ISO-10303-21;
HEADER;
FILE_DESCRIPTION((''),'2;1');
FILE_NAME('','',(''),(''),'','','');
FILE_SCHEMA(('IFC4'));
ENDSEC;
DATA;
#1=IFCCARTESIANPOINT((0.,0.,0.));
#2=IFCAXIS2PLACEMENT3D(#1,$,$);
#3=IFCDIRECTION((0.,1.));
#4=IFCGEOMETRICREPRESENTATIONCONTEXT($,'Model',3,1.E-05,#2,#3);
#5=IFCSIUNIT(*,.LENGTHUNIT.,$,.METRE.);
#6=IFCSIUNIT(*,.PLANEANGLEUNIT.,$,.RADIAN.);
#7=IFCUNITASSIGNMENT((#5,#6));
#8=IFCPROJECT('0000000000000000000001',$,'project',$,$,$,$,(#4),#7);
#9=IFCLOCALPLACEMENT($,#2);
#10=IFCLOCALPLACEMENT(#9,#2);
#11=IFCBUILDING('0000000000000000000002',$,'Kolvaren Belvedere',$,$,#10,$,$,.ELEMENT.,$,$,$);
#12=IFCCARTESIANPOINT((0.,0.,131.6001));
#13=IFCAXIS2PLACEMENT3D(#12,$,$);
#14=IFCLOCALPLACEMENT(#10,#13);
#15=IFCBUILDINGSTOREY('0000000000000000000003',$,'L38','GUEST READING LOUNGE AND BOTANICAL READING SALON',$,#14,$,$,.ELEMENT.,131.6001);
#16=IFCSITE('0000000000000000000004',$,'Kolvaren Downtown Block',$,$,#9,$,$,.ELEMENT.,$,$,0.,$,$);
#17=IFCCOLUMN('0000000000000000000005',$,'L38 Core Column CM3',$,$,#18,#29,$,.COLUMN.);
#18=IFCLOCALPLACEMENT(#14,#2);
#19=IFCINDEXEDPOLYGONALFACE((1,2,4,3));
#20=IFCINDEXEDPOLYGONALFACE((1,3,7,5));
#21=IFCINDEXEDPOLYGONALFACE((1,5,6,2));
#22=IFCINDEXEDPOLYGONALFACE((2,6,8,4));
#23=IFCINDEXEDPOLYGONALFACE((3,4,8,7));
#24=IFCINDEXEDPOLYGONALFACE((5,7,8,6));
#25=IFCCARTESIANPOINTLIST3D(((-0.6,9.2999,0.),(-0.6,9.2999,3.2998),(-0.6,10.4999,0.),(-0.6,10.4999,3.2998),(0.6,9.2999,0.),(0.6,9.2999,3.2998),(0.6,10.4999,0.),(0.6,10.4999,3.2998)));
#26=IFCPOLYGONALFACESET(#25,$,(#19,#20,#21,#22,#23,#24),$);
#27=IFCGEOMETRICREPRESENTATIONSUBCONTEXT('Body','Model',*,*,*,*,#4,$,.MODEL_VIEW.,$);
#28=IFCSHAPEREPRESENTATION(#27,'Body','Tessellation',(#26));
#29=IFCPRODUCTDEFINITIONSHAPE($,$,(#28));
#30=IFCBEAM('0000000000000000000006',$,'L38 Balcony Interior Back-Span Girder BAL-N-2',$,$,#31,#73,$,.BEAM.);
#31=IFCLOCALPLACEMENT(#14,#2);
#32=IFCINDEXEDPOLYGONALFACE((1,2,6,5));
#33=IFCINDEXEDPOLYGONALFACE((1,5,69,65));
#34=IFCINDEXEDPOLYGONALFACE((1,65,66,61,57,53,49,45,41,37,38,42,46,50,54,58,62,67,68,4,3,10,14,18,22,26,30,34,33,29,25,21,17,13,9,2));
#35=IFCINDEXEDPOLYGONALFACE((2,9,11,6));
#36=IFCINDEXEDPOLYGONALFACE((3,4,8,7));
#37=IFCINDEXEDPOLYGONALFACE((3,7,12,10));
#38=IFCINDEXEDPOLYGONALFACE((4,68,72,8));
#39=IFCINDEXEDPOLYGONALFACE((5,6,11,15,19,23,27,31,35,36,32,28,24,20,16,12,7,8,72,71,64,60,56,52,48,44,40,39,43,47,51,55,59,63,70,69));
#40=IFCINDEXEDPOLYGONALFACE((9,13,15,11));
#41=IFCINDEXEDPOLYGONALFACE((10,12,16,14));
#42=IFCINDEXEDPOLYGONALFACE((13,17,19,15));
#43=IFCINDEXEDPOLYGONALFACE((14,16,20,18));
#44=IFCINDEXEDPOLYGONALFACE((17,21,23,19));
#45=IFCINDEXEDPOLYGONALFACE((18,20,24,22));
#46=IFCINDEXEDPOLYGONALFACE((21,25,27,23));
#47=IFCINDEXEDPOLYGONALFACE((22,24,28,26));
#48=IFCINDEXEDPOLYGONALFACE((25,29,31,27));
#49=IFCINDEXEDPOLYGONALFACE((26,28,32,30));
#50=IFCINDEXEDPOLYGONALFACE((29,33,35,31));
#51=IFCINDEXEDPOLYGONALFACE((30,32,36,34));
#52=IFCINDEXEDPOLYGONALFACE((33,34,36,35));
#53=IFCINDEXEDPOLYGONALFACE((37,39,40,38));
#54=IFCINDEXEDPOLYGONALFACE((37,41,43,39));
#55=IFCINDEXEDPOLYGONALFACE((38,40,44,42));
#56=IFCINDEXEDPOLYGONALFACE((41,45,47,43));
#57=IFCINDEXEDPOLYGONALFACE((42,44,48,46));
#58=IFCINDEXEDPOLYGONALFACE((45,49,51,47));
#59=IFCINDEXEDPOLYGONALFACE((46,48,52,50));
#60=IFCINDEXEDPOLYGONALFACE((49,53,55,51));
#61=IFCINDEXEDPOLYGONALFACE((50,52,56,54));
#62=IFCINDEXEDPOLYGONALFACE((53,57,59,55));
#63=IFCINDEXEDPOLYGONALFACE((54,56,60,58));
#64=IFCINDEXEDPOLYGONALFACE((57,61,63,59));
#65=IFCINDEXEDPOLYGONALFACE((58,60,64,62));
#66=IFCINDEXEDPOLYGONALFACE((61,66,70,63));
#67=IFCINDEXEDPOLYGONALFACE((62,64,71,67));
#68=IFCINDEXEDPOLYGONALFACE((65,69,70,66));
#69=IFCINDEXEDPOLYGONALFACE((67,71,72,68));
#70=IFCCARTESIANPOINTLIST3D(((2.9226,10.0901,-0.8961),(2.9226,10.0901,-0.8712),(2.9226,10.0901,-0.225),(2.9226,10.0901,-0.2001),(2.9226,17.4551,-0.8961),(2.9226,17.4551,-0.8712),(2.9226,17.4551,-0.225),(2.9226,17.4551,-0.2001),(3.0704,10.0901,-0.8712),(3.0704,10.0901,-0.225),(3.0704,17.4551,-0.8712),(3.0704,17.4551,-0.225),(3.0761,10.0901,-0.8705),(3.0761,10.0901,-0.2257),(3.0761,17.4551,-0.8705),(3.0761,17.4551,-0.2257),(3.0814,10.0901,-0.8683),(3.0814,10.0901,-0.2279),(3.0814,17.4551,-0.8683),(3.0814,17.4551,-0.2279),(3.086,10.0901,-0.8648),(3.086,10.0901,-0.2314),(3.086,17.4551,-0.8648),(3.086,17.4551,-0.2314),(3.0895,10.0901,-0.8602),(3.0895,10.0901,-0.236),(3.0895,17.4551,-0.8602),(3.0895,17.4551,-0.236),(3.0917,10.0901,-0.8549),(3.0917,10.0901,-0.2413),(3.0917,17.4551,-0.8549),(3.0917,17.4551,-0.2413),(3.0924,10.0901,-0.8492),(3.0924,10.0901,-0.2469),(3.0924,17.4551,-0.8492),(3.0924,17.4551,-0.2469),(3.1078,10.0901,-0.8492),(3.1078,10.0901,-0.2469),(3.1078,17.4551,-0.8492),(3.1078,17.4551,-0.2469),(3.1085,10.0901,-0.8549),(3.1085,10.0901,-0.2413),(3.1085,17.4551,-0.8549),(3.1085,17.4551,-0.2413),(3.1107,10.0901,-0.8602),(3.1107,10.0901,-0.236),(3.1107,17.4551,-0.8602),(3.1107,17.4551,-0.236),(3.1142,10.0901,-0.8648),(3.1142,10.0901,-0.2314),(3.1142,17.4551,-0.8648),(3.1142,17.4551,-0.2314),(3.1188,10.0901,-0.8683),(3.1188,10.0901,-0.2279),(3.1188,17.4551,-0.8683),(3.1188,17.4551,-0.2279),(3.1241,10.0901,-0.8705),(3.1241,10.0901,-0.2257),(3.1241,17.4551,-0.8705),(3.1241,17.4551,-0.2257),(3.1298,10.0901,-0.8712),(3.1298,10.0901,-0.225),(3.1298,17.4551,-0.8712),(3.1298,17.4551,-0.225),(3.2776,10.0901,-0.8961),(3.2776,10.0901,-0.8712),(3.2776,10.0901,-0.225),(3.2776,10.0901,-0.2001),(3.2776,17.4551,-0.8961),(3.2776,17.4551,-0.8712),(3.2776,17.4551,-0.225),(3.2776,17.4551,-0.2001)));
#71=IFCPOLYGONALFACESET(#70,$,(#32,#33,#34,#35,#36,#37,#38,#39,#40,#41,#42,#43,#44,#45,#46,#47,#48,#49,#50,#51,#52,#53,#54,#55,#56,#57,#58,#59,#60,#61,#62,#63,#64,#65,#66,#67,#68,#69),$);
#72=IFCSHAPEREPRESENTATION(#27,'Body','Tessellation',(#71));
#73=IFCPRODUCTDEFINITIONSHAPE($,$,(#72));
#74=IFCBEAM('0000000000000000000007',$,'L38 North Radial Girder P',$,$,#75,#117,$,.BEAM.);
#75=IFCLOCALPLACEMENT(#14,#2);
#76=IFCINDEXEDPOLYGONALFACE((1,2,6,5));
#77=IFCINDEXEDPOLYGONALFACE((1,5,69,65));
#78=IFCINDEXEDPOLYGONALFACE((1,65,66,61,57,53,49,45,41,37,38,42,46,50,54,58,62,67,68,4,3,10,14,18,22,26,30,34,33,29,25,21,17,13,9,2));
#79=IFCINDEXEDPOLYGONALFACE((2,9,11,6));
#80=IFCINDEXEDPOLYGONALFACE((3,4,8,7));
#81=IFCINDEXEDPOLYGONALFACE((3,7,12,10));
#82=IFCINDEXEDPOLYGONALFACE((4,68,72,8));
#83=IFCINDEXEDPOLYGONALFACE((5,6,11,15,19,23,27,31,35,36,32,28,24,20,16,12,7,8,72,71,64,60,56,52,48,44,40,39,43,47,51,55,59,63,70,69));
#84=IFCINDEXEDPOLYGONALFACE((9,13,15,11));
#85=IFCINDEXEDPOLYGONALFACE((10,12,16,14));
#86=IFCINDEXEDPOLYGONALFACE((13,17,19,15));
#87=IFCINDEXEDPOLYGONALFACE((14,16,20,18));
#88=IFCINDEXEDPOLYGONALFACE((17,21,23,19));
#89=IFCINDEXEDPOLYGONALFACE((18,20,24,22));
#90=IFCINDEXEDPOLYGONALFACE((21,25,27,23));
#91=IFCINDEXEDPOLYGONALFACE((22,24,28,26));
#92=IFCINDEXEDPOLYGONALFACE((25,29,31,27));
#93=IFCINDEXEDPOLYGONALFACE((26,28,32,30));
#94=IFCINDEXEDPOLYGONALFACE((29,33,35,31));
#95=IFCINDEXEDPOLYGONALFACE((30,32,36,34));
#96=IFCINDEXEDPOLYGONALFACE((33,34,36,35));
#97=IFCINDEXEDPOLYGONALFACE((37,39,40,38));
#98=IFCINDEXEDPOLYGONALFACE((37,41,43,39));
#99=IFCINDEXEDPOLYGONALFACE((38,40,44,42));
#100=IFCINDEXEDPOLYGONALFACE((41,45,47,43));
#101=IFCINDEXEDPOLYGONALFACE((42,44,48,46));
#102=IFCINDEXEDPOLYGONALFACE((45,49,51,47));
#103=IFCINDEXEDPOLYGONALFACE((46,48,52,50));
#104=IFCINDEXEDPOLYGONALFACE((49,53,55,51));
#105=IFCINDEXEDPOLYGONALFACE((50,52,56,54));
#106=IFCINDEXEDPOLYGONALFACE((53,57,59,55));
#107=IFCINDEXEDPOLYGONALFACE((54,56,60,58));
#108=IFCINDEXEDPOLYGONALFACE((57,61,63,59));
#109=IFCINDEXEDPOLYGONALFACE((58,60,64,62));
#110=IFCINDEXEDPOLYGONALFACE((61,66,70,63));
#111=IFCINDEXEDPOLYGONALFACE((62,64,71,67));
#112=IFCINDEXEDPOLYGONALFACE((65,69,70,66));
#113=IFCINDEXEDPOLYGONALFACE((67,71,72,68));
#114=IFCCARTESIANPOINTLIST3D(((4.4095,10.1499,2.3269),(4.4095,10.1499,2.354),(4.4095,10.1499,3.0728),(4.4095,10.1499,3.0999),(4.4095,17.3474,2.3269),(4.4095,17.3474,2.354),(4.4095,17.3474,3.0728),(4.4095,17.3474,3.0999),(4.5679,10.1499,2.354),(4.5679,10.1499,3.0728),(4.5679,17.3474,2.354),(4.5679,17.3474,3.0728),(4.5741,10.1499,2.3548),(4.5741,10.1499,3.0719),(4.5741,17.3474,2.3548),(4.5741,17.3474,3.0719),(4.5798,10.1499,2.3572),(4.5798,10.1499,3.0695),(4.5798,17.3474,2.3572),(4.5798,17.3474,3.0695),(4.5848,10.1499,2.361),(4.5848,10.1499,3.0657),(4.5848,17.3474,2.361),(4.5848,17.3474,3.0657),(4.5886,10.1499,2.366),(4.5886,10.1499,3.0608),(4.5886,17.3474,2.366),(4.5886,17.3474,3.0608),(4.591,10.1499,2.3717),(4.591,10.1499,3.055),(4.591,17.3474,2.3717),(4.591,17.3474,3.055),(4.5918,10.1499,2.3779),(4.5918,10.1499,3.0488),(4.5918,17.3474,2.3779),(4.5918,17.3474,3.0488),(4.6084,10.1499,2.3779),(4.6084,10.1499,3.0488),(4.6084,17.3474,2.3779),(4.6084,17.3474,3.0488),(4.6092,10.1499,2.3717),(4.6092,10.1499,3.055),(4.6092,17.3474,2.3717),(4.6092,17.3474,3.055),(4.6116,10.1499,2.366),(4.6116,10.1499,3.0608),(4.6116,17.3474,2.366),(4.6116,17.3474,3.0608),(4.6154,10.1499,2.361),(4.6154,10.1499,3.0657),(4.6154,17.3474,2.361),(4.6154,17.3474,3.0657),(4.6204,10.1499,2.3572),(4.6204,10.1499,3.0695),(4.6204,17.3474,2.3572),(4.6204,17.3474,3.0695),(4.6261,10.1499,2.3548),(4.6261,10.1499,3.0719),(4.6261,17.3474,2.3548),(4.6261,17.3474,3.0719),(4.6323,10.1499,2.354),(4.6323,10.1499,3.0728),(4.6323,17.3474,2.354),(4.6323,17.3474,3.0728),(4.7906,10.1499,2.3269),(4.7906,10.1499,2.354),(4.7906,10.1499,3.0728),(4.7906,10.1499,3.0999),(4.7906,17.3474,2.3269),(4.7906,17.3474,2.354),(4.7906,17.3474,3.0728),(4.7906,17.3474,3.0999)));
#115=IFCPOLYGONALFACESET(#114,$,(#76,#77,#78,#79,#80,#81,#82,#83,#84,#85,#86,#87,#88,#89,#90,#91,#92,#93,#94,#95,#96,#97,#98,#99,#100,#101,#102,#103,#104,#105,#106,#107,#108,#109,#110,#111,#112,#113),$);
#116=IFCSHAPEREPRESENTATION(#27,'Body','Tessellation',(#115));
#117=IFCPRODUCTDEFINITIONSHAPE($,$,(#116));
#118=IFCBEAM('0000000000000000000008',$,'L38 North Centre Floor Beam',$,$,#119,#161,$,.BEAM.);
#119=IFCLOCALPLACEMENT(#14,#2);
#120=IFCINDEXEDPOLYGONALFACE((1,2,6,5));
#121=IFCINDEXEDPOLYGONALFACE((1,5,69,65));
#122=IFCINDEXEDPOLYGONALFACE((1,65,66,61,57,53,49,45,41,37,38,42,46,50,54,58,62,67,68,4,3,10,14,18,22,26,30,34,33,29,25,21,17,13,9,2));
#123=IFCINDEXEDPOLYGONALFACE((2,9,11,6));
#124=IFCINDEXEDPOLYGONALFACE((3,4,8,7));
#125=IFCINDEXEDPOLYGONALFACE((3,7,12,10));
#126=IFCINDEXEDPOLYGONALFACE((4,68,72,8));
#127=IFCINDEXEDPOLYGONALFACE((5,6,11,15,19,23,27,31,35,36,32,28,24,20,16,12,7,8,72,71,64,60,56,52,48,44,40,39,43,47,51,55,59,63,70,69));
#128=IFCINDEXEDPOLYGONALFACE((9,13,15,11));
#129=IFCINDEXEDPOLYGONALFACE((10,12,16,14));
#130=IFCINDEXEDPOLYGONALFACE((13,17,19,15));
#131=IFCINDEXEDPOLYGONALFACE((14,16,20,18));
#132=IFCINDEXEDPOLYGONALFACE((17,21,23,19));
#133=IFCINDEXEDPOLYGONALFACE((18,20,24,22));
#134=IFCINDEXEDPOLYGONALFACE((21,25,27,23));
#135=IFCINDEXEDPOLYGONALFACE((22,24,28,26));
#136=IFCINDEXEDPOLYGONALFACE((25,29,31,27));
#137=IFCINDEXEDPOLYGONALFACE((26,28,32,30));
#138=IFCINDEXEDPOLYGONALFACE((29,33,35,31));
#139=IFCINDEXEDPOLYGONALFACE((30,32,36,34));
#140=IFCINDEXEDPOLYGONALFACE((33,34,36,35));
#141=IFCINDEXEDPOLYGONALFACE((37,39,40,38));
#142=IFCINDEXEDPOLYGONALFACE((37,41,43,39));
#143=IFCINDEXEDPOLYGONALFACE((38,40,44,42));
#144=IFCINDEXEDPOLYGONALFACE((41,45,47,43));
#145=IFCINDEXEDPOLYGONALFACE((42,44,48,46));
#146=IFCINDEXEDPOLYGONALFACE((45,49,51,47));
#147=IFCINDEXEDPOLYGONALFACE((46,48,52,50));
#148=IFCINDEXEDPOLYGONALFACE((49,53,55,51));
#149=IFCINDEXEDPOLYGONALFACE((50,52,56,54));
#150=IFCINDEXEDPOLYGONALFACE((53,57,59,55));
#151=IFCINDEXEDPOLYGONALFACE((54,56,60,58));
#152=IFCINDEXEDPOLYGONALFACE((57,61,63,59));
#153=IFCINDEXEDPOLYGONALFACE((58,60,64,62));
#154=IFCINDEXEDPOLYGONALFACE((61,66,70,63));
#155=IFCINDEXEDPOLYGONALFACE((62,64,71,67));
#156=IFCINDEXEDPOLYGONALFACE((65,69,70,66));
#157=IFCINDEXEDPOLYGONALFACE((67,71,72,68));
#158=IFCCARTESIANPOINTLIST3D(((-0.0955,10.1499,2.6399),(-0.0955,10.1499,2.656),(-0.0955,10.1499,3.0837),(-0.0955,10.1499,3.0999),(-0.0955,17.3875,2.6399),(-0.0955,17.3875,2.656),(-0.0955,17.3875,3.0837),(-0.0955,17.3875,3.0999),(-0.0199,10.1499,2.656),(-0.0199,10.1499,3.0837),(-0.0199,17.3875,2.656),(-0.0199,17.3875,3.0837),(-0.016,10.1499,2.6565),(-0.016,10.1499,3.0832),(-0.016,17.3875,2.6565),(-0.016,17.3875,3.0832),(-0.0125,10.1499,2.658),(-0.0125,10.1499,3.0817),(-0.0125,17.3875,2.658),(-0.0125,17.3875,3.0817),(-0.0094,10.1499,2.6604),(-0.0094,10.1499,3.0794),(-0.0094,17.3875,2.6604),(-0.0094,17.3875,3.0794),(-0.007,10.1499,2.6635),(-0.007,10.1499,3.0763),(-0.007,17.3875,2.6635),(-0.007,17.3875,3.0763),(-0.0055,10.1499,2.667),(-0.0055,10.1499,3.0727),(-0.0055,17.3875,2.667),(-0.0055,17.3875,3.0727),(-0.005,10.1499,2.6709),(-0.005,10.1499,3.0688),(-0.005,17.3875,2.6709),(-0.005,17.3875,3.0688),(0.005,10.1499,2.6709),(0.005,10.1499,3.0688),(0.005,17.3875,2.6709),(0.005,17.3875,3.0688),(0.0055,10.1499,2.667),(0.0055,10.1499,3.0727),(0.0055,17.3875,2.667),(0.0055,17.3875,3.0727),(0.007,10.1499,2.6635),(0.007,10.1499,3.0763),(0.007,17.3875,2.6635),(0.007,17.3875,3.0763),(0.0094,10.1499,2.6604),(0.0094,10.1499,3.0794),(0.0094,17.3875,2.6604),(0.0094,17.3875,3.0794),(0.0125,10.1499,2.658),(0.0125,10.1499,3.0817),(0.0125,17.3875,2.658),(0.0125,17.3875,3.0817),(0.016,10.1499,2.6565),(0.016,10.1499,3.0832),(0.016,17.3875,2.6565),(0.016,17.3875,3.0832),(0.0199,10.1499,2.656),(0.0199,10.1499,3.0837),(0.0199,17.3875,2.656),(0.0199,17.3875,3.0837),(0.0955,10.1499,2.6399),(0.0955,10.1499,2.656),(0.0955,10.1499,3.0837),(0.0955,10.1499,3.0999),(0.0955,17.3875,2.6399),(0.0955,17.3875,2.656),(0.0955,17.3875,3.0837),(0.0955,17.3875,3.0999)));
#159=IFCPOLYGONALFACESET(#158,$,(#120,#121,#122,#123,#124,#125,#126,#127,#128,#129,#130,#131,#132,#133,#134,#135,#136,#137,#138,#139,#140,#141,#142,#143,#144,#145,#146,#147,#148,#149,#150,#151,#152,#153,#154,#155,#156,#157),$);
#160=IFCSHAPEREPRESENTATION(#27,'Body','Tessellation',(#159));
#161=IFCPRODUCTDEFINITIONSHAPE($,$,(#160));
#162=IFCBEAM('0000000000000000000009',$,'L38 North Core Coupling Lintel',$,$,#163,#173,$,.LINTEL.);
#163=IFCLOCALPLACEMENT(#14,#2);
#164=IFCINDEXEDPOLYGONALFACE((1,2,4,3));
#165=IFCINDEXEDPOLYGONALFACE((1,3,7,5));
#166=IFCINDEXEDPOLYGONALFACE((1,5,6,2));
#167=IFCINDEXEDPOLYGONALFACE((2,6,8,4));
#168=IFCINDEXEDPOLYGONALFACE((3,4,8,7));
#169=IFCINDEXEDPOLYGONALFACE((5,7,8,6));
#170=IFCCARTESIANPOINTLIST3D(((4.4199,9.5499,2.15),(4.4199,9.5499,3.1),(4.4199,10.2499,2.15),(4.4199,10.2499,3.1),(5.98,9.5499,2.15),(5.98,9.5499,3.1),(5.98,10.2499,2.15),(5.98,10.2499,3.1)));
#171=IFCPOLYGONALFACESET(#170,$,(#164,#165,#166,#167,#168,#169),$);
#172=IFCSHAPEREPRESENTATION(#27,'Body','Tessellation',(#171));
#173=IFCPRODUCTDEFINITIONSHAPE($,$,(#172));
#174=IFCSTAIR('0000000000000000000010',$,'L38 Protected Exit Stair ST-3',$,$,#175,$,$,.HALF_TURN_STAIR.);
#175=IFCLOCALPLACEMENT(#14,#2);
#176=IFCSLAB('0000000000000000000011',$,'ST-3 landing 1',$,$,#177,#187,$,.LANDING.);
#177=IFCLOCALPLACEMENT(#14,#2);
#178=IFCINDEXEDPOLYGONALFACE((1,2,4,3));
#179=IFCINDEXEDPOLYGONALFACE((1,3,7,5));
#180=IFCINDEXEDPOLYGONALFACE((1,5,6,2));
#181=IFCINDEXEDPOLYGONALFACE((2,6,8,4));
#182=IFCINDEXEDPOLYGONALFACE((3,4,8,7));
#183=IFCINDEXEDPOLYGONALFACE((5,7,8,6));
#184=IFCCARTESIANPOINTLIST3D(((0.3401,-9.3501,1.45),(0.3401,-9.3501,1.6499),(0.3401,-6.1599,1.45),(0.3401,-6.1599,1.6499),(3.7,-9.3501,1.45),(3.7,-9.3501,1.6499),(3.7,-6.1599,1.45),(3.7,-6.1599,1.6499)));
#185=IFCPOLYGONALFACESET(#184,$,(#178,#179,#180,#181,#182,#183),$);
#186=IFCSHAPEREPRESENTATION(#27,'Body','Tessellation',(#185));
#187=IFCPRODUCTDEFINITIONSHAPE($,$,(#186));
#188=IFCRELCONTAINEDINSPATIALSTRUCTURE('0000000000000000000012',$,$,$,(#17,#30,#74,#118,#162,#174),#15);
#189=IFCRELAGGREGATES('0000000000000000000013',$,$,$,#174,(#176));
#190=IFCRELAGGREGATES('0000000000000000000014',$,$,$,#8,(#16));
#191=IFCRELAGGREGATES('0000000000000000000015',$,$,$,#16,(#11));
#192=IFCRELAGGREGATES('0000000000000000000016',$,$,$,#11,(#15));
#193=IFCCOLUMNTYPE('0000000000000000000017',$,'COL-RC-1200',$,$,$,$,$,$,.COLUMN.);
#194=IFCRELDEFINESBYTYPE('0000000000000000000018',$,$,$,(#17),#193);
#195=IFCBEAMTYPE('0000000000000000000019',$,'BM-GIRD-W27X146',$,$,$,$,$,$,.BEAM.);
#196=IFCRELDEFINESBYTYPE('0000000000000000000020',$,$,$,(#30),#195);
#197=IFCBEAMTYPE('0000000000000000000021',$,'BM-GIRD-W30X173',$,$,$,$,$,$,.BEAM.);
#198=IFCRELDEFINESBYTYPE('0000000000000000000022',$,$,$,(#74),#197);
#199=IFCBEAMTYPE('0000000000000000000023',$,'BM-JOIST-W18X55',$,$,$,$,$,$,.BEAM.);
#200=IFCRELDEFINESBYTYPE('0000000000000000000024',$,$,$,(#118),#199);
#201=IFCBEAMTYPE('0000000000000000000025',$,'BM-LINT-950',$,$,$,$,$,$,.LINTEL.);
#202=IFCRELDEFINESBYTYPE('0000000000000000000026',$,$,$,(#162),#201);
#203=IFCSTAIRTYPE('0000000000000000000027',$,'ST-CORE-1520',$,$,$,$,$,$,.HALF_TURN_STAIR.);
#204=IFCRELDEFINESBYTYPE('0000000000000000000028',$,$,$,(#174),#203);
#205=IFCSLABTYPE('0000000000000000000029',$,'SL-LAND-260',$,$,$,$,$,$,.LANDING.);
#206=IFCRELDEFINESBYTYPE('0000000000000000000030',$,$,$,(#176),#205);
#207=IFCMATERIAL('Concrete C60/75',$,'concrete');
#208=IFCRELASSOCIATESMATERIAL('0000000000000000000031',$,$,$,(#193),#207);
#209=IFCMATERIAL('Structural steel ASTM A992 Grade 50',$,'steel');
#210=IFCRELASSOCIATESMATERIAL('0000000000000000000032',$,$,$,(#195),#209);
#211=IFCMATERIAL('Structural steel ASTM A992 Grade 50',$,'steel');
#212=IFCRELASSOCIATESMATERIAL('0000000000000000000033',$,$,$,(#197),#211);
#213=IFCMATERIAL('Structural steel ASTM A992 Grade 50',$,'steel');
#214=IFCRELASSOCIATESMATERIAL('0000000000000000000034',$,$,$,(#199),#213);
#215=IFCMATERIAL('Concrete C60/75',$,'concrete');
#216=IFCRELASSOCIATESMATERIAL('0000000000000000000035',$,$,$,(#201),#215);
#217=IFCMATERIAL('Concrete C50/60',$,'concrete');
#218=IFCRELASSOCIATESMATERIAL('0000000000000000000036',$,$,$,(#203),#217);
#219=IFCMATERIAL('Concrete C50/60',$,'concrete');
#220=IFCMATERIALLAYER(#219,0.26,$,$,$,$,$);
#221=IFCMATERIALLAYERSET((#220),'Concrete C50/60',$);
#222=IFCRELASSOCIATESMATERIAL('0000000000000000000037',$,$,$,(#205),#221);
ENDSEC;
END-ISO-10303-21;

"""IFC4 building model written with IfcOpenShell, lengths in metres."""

from ifc_helpers import new_model, si_unit, direction, frame, origin, origin_2d, place, context, subcontext, project, spatial, polyline, rectangle, i_section, outline, extrude, material, layer, layer_set, material_profile, profile_set, type_object, element, aggregate, save


model = new_model("IFC4")

# Units and contexts
model_context = context("Model", 3, precision=1e-05, world=origin(), true_north=direction((0.0, 1.0)))
body_context = subcontext(model_context, "Body", "Model", "MODEL_VIEW")
ifc_project = project(units=[si_unit("LENGTHUNIT", "METRE"), si_unit("PLANEANGLEUNIT", "RADIAN")], contexts=[model_context])

# Site, building, storey
site_placement = place(None, origin())
site = spatial("IfcSite", under=ifc_project, at=site_placement, Name="Kolvaren Downtown Block", CompositionType="ELEMENT", RefElevation=0.0)
building_placement = place(site_placement, origin())
building = spatial("IfcBuilding", under=site, at=building_placement, Name="Kolvaren Belvedere", CompositionType="ELEMENT")
storey_placement = place(building_placement, frame((0.0, 0.0, 131.6001)))
storey = spatial("IfcBuildingStorey", under=building, at=storey_placement, Name="L38", Description="GUEST READING LOUNGE AND BOTANICAL READING SALON", CompositionType="ELEMENT", Elevation=131.6001)

# Column
ifc_material_1 = material(Name="Concrete C60/75", Category="concrete")
ifc_material_profile_1 = material_profile(ifc_material_1, rectangle(XDim=1.2, YDim=1.2, at=origin_2d()), Name="RC 1200X1200")
ifc_profile_set_1 = profile_set([ifc_material_profile_1], Name="Concrete C60/75")
column_type = type_object("IfcColumnType", Name="COL-RC-1200", PredefinedType="COLUMN", material=ifc_profile_set_1)
column_placement = place(storey_placement, frame((0.0, 9.8999, 0.0), z_axis=(0.0, 0.0, 1.0), x_axis=(1.0, 0.0, 0.0)))
element("IfcColumn", 1, at=column_placement, inside=storey, type_object=column_type, Name="L38 Core Column CM3", PredefinedType="COLUMN", context=body_context, shape_type="SweptSolid", body=[
    extrude(rectangle(XDim=1.2, YDim=1.2, at=origin_2d()), origin(), (0.0, 0.0, 1.0), 3.2998),
])

# Beams
ifc_material_2 = material(Name="Structural steel ASTM A992 Grade 50", Category="steel")
ifc_material_profile_2 = material_profile(ifc_material_2, i_section(OverallWidth=0.355, OverallDepth=0.696, WebThickness=0.0154, FlangeThickness=0.0249, FilletRadius=0.022, at=origin_2d()), Name="W27X146")
ifc_profile_set_2 = profile_set([ifc_material_profile_2], Name="Structural steel ASTM A992 Grade 50")
beam_type_1 = type_object("IfcBeamType", Name="BM-GIRD-W27X146", PredefinedType="BEAM", material=ifc_profile_set_2)
beam_1_placement = place(storey_placement, frame((3.1001, 10.0901, -0.5481), z_axis=(0.0, 1.0, 0.0), x_axis=(-1.0, 0.0, 0.0)))
element("IfcBeam", 2, at=beam_1_placement, inside=storey, type_object=beam_type_1, Name="L38 Balcony Interior Back-Span Girder BAL-N-2", PredefinedType="BEAM", context=body_context, shape_type="SweptSolid", body=[
    extrude(i_section(OverallWidth=0.355, OverallDepth=0.696, WebThickness=0.0154, FlangeThickness=0.0249, FilletRadius=0.022, at=origin_2d()), origin(), (0.0, 0.0, 1.0), 7.365),
])
ifc_material_3 = material(Name="Structural steel ASTM A992 Grade 50", Category="steel")
ifc_material_profile_3 = material_profile(ifc_material_3, i_section(OverallWidth=0.3811, OverallDepth=0.7729, WebThickness=0.0166, FlangeThickness=0.0271, FilletRadius=0.0239, at=origin_2d()), Name="W30X173")
ifc_profile_set_3 = profile_set([ifc_material_profile_3], Name="Structural steel ASTM A992 Grade 50")
beam_type_2 = type_object("IfcBeamType", Name="BM-GIRD-W30X173", PredefinedType="BEAM", material=ifc_profile_set_3)
beam_2_placement = place(storey_placement, frame((4.6001, 10.1499, 2.7134), z_axis=(0.0, 1.0, 0.0), x_axis=(-1.0, 0.0, 0.0)))
element("IfcBeam", 3, at=beam_2_placement, inside=storey, type_object=beam_type_2, Name="L38 North Radial Girder P", PredefinedType="BEAM", context=body_context, shape_type="SweptSolid", body=[
    extrude(i_section(OverallWidth=0.3811, OverallDepth=0.7729, WebThickness=0.0166, FlangeThickness=0.0271, FilletRadius=0.0239, at=origin_2d()), origin(), (0.0, 0.0, 1.0), 7.1975),
])
ifc_material_4 = material(Name="Structural steel ASTM A992 Grade 50", Category="steel")
ifc_material_profile_4 = material_profile(ifc_material_4, i_section(OverallWidth=0.1909, OverallDepth=0.46, WebThickness=0.01, FlangeThickness=0.0161, FilletRadius=0.0149, at=origin_2d()), Name="W18X55")
ifc_profile_set_4 = profile_set([ifc_material_profile_4], Name="Structural steel ASTM A992 Grade 50")
beam_type_3 = type_object("IfcBeamType", Name="BM-JOIST-W18X55", PredefinedType="BEAM", material=ifc_profile_set_4)
beam_3_placement = place(storey_placement, frame((0.0, 10.1499, 2.8699), z_axis=(0.0, 1.0, 0.0), x_axis=(-1.0, 0.0, 0.0)))
element("IfcBeam", 4, at=beam_3_placement, inside=storey, type_object=beam_type_3, Name="L38 North Centre Floor Beam", PredefinedType="BEAM", context=body_context, shape_type="SweptSolid", body=[
    extrude(i_section(OverallWidth=0.1909, OverallDepth=0.46, WebThickness=0.01, FlangeThickness=0.0161, FilletRadius=0.0149, at=origin_2d()), origin(), (0.0, 0.0, 1.0), 7.2375),
])
ifc_material_5 = material(Name="Concrete C60/75", Category="concrete")
ifc_material_profile_5 = material_profile(ifc_material_5, rectangle(XDim=0.7, YDim=0.95, at=origin_2d()), Name="RC 700X950")
ifc_profile_set_5 = profile_set([ifc_material_profile_5], Name="Concrete C60/75")
beam_type_4 = type_object("IfcBeamType", Name="BM-LINT-950", PredefinedType="LINTEL", material=ifc_profile_set_5)
beam_4_placement = place(storey_placement, frame((4.4199, 9.8999, 2.625), z_axis=(1.0, 0.0, 0.0), x_axis=(0.0, 1.0, 0.0)))
element("IfcBeam", 5, at=beam_4_placement, inside=storey, type_object=beam_type_4, Name="L38 North Core Coupling Lintel", PredefinedType="LINTEL", context=body_context, shape_type="SweptSolid", body=[
    extrude(rectangle(XDim=0.7, YDim=0.95, at=origin_2d()), origin(), (0.0, 0.0, 1.0), 1.5601),
])

# Stair, slab
ifc_material_6 = material(Name="Concrete C50/60", Category="concrete")
stair_type = type_object("IfcStairType", Name="ST-CORE-1520", PredefinedType="HALF_TURN_STAIR", material=ifc_material_6)
stair_1_placement = place(storey_placement, origin())
stair_1 = element("IfcStair", 6, at=stair_1_placement, inside=storey, type_object=stair_type, Name="L38 Protected Exit Stair ST-3", PredefinedType="HALF_TURN_STAIR")
ifc_material_7 = material(Name="Concrete C50/60", Category="concrete")
ifc_layer_1 = layer(ifc_material_7, 0.26)
ifc_layer_set_1 = layer_set([ifc_layer_1], Name="Concrete C50/60")
slab_type = type_object("IfcSlabType", Name="SL-LAND-260", PredefinedType="LANDING", material=ifc_layer_set_1)
slab_placement = place(storey_placement, frame((0.0, 0.0, 1.45)))
slab = element("IfcSlab", 7, at=slab_placement, type_object=slab_type, Name="ST-3 landing 1", PredefinedType="LANDING", context=body_context, shape_type="SweptSolid", body=[
    extrude(outline(polyline([(0.3401, -9.3501), (3.7, -9.3501), (3.7, -6.1599), (0.3401, -6.1599), (0.3401, -9.3501)])), origin(), (0.0, 0.0, 1.0), 0.2),
])
aggregate(stair_1, [slab])

save(model, "model.ifc")
